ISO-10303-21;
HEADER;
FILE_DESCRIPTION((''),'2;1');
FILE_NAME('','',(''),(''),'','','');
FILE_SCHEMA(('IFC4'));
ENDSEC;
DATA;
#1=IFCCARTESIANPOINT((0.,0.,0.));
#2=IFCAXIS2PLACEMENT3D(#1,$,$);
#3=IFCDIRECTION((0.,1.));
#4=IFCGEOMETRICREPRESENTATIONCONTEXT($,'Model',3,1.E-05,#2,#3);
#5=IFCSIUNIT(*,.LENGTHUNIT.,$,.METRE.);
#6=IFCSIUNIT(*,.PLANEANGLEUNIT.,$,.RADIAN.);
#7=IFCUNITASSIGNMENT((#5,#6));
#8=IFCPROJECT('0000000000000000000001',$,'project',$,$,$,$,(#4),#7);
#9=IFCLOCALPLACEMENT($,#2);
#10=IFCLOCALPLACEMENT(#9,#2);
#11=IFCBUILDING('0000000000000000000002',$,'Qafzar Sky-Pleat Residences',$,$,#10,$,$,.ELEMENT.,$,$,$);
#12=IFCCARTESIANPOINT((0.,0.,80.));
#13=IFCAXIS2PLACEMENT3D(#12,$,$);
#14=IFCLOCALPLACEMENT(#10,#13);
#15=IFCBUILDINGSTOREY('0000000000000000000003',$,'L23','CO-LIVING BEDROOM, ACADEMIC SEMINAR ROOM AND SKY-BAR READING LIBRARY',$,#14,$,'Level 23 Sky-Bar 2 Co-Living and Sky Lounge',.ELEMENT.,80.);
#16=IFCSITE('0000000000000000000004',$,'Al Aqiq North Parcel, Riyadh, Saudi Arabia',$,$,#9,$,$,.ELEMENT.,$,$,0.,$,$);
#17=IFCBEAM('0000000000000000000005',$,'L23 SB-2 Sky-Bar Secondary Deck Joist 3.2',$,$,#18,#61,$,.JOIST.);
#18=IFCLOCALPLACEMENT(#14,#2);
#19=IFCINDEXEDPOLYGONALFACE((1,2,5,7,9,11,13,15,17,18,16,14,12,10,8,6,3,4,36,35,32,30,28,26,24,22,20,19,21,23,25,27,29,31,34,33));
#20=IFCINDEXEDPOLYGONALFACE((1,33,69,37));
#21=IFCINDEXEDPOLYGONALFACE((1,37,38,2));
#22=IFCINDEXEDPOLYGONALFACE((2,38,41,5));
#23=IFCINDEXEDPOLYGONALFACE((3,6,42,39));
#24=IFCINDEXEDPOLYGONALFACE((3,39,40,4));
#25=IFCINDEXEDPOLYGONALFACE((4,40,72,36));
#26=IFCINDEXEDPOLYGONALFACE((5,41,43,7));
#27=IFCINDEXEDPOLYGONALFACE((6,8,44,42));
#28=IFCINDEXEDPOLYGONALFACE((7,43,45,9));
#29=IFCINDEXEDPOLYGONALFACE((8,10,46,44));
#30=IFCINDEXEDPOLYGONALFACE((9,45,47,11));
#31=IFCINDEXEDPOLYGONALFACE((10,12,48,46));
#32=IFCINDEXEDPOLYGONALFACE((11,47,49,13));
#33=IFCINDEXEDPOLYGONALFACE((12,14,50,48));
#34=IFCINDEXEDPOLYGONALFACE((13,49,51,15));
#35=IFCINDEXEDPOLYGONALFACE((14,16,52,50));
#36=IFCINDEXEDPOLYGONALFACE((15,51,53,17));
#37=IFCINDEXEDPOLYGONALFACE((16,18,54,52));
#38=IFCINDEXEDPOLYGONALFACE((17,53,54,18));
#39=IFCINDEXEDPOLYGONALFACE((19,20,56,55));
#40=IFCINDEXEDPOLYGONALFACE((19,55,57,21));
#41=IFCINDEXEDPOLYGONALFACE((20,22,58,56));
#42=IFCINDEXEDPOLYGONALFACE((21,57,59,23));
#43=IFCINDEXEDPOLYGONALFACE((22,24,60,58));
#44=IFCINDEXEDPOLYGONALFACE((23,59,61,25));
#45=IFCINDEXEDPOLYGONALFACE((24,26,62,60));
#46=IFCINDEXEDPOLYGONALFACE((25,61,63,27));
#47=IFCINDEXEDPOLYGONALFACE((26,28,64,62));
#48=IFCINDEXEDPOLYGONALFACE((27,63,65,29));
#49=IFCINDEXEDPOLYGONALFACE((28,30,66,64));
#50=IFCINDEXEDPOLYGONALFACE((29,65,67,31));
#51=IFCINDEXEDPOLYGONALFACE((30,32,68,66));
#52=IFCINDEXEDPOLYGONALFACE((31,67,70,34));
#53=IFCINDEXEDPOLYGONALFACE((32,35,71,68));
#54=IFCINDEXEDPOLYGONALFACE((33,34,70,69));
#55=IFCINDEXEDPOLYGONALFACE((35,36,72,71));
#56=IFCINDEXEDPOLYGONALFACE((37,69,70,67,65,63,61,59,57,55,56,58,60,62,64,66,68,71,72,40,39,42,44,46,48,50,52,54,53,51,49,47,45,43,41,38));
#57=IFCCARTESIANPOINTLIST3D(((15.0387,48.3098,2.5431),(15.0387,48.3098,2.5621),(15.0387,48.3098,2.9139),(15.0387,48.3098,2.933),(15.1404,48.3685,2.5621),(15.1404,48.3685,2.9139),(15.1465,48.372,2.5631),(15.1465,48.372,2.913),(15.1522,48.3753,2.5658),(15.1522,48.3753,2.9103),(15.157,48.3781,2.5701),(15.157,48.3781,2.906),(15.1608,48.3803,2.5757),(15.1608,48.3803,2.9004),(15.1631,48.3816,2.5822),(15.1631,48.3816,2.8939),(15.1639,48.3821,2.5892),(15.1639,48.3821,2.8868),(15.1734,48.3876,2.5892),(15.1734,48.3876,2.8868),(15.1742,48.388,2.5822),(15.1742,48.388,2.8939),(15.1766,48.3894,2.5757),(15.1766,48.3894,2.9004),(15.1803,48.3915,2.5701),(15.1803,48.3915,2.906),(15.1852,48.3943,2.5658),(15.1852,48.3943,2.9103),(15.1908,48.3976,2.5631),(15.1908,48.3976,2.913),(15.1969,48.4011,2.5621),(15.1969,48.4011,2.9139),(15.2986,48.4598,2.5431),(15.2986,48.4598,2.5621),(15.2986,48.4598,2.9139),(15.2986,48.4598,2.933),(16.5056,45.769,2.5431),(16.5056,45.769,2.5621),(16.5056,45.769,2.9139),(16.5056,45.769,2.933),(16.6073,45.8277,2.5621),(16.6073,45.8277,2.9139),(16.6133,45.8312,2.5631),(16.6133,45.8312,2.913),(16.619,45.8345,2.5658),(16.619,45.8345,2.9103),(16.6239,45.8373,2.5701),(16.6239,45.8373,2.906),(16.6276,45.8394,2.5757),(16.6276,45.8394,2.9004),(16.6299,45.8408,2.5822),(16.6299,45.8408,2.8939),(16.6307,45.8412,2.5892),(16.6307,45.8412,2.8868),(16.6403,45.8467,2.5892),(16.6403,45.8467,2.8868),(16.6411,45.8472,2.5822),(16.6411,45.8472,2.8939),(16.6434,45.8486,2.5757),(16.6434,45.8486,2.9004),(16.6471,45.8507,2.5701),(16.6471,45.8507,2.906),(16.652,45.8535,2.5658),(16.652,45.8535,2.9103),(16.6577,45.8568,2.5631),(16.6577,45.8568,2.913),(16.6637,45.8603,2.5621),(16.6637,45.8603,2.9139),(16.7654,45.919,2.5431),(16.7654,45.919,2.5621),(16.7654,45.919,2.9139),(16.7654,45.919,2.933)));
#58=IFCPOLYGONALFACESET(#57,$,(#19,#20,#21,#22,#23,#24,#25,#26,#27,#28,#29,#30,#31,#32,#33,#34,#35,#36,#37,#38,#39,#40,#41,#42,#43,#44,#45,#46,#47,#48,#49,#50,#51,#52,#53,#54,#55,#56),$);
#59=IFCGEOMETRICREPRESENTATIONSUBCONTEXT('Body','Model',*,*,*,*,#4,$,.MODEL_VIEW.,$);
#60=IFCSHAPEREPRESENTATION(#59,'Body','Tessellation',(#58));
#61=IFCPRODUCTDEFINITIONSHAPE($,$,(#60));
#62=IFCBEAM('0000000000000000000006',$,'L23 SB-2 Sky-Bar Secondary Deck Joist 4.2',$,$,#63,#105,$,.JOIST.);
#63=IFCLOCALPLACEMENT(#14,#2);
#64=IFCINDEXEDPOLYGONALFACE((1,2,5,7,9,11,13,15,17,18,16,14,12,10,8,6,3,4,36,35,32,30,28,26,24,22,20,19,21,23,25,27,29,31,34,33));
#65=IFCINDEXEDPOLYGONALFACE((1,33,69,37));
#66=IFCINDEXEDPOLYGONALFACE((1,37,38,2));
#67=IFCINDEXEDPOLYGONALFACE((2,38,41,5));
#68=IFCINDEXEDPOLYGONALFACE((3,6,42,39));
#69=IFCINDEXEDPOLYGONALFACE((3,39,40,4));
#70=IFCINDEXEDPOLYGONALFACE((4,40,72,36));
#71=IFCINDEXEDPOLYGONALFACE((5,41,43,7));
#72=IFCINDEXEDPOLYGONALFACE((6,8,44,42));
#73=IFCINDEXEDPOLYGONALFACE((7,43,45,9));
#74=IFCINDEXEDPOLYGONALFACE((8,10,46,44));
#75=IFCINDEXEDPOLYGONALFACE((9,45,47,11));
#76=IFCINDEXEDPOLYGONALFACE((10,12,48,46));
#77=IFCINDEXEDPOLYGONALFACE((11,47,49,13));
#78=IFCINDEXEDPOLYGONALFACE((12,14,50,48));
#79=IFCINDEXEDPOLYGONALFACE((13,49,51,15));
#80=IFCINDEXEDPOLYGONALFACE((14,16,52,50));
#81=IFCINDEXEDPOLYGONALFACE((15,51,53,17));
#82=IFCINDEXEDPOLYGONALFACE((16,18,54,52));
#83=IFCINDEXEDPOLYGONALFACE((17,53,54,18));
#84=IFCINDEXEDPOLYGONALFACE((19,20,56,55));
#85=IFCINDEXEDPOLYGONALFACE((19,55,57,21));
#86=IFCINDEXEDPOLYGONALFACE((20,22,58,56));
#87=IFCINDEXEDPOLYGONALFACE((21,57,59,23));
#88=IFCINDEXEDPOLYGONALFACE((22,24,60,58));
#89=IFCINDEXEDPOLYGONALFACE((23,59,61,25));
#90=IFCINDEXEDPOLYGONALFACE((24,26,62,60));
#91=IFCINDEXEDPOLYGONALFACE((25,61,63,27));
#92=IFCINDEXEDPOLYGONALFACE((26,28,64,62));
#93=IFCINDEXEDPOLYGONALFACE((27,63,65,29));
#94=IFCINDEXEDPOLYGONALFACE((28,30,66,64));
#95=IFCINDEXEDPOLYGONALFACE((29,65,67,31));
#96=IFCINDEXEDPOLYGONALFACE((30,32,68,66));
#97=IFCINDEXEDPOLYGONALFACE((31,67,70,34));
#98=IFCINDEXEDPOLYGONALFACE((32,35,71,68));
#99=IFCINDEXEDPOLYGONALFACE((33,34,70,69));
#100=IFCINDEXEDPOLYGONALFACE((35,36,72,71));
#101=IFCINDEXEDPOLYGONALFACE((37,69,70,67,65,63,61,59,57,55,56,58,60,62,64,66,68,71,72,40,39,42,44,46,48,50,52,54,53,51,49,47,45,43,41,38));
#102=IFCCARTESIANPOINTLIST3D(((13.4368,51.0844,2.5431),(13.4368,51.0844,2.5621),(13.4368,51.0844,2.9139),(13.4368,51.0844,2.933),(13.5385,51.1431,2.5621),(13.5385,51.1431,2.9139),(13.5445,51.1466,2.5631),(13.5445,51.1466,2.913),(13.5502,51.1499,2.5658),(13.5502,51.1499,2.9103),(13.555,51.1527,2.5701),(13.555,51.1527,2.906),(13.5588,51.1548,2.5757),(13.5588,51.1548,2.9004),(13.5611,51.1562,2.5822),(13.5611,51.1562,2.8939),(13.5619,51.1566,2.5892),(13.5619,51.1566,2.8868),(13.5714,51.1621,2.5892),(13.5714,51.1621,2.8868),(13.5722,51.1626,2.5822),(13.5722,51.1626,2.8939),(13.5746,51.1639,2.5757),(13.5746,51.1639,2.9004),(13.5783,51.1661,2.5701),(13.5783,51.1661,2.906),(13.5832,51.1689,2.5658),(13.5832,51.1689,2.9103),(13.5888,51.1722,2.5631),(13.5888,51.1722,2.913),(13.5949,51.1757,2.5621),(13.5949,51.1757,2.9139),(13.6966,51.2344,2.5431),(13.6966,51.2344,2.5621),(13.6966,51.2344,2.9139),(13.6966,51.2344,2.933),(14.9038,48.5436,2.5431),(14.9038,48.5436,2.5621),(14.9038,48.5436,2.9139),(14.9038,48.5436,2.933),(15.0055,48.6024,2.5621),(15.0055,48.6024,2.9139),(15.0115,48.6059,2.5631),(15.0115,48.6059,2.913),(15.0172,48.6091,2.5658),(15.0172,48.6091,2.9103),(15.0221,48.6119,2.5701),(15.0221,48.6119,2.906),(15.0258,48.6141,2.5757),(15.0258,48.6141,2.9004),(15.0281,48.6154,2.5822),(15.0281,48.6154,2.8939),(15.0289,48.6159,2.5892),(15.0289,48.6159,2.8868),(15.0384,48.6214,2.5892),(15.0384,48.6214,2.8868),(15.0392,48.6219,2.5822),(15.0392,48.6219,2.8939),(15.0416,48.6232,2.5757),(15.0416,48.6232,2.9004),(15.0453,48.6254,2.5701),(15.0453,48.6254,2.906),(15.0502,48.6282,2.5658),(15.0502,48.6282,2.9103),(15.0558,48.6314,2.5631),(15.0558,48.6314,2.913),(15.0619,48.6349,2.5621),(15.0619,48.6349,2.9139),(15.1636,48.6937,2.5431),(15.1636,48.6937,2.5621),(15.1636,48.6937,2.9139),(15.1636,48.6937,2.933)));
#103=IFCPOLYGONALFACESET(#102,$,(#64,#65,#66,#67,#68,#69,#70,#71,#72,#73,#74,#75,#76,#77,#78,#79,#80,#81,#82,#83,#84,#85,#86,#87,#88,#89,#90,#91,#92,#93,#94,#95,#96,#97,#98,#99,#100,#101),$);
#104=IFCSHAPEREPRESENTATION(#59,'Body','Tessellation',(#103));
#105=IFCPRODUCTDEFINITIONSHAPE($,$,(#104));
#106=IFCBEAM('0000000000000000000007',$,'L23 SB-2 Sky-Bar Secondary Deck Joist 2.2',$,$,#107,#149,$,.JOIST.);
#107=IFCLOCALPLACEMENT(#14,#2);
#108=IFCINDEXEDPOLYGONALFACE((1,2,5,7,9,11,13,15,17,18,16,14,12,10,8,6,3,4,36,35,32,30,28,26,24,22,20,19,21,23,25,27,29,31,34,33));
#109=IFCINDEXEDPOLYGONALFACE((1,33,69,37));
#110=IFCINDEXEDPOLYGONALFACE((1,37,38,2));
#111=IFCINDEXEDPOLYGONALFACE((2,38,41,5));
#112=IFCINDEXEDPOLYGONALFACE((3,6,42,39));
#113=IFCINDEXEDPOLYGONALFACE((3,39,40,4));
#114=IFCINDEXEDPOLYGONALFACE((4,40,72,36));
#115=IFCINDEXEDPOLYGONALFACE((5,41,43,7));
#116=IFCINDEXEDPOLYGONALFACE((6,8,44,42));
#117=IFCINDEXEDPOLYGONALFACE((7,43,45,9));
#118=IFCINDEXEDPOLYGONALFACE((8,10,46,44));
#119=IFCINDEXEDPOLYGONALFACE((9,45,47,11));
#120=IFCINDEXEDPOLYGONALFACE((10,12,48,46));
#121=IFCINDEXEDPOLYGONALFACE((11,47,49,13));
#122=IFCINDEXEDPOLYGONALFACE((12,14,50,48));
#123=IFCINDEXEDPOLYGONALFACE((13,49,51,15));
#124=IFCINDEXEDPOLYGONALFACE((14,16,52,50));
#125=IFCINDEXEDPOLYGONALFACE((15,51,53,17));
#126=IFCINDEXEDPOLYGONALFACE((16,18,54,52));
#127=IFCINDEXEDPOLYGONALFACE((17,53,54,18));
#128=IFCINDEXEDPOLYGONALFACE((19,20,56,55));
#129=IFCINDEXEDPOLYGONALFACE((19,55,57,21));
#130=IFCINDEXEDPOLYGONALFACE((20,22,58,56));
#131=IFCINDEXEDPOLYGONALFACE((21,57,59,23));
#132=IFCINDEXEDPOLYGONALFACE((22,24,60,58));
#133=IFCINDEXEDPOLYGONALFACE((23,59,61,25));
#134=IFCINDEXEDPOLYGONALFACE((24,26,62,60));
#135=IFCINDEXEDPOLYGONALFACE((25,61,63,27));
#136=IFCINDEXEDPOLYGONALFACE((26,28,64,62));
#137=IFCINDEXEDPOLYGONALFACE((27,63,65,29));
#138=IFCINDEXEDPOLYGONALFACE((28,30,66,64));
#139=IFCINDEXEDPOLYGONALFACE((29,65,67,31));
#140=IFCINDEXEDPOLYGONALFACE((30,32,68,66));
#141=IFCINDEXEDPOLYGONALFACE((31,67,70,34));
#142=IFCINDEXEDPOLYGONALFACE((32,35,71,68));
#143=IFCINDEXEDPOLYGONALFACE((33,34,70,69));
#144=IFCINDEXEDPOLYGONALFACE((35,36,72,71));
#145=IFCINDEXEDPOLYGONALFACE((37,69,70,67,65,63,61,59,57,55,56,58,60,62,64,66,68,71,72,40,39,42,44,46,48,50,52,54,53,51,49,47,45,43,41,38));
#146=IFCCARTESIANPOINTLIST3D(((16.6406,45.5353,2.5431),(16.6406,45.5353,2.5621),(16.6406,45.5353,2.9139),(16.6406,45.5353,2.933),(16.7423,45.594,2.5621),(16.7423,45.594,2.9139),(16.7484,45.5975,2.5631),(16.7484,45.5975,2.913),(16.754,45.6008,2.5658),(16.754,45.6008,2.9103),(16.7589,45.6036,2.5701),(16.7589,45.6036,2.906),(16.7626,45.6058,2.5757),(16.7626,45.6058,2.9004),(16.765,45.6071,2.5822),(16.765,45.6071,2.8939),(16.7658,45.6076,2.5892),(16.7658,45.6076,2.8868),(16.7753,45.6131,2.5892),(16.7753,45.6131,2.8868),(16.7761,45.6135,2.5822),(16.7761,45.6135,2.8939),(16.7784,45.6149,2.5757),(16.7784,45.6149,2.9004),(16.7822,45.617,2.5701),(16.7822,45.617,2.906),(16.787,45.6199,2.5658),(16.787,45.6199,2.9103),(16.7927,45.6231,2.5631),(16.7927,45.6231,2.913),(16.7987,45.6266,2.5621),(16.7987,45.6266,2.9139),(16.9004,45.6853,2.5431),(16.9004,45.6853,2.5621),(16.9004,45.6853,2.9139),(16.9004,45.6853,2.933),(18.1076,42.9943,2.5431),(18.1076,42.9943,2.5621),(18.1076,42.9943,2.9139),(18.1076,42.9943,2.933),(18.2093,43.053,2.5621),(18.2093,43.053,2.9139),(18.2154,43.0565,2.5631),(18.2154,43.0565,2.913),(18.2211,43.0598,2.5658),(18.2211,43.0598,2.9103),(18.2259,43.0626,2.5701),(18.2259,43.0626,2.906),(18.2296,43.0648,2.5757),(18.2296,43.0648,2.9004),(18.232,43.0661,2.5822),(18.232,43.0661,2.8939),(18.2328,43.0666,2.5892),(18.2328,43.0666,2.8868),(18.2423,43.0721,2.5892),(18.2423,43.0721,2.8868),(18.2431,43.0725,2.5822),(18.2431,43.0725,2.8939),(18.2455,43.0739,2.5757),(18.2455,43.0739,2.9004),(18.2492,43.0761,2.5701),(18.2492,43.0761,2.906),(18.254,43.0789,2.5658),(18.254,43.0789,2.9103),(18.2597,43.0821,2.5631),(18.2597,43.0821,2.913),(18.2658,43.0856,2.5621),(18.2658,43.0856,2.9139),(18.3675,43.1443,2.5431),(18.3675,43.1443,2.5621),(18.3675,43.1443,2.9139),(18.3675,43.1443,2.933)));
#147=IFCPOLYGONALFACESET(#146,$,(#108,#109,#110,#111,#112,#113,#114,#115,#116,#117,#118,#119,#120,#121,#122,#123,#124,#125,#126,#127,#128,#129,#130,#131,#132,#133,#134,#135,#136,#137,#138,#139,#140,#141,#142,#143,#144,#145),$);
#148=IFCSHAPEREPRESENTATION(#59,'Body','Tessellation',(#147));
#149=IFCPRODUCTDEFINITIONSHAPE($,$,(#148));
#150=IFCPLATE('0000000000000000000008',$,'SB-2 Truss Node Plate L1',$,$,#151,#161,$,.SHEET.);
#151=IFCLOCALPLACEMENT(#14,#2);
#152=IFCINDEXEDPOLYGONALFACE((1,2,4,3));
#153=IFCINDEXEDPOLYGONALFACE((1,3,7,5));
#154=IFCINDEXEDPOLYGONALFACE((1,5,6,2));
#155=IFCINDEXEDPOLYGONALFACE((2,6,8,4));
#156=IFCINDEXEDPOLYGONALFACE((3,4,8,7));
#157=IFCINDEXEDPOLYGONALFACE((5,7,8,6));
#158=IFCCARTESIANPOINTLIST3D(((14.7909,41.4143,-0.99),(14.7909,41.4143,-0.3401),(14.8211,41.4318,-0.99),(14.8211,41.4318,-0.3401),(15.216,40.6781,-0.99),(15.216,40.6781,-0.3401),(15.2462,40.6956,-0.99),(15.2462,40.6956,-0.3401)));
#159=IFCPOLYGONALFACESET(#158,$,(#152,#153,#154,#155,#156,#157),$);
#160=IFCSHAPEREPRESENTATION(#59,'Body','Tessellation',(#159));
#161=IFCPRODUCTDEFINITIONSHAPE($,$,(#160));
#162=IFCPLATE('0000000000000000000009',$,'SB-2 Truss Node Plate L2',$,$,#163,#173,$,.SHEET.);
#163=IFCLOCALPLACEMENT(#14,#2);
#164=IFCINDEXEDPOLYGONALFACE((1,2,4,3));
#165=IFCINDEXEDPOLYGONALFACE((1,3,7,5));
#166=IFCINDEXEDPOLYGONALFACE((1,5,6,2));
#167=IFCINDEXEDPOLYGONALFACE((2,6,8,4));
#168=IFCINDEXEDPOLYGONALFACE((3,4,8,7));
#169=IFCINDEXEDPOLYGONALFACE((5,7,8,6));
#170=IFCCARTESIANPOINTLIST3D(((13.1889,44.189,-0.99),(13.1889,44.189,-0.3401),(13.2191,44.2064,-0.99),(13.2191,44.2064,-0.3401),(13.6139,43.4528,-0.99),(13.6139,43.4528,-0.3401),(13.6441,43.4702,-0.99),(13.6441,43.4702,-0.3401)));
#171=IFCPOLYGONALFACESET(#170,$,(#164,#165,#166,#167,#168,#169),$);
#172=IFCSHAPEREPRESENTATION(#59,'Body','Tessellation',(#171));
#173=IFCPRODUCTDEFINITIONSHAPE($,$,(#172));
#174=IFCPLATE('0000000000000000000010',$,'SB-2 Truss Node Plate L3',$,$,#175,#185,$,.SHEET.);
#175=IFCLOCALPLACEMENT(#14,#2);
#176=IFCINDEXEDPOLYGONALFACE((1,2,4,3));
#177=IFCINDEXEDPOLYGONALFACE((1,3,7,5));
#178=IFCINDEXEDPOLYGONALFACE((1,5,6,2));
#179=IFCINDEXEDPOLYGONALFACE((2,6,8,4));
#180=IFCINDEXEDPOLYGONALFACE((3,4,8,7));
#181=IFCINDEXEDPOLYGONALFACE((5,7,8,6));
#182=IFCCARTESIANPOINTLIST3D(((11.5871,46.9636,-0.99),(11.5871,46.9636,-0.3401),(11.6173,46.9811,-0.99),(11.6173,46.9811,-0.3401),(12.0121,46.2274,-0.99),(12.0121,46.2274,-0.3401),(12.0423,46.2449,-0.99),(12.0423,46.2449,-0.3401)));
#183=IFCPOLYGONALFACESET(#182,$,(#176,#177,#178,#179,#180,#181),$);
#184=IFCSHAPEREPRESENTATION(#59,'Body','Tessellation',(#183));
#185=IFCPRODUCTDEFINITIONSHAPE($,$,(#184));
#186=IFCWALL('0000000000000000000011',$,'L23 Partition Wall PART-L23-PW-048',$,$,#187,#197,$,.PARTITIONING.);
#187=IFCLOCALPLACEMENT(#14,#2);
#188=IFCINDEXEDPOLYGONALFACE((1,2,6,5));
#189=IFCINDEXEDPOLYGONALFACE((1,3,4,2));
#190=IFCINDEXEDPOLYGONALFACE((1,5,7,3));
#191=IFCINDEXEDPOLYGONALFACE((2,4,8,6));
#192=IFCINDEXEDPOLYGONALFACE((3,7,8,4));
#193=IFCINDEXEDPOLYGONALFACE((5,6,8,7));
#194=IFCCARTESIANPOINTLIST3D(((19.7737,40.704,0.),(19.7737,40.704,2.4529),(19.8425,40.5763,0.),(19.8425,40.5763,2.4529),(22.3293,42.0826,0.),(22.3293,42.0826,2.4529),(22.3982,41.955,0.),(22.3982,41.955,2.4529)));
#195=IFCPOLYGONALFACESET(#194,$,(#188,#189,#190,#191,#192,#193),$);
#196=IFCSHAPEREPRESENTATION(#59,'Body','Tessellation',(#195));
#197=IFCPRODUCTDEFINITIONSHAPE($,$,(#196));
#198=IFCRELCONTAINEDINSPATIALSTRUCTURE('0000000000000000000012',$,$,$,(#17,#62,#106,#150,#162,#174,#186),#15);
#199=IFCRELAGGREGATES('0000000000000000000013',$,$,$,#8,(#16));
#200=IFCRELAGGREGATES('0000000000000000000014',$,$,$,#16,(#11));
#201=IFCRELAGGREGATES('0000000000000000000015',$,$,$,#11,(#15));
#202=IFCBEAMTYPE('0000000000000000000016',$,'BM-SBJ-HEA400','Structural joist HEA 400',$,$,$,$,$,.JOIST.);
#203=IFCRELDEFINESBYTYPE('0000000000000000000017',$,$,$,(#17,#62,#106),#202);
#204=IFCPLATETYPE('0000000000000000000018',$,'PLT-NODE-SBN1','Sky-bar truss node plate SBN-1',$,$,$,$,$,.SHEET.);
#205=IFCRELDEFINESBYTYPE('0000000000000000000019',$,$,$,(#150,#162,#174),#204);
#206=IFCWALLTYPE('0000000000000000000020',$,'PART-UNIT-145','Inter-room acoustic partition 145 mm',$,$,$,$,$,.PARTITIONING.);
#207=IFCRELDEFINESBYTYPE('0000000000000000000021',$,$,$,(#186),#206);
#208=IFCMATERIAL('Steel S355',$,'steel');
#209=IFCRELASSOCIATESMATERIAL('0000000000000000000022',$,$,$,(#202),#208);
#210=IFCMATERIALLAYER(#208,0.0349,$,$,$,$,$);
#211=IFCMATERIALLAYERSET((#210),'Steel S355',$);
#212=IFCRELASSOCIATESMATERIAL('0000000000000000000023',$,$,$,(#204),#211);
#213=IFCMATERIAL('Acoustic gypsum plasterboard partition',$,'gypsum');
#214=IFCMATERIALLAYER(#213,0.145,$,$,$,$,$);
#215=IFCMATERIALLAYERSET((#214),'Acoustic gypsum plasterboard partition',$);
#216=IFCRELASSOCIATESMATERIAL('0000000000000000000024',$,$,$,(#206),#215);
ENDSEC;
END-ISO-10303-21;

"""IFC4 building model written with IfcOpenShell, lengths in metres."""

from ifc_helpers import new_model, si_unit, direction, frame, frame_2d, origin, origin_2d, place, context, subcontext, project, spatial, rectangle, i_section, extrude, source, transform, mapped, material, layer, layer_set, material_profile, profile_set, type_object, element, save


model = new_model("IFC4")

# Units and contexts
model_context = context("Model", 3, precision=1e-05, world=origin(), true_north=direction((0.0, 1.0)))
body_context = subcontext(model_context, "Body", "Model", "MODEL_VIEW")
ifc_project = project(units=[si_unit("LENGTHUNIT", "METRE"), si_unit("PLANEANGLEUNIT", "RADIAN")], contexts=[model_context])

# Site, building, storey
site_placement = place(None, origin())
site = spatial("IfcSite", under=ifc_project, at=site_placement, Name="Al Aqiq North Parcel, Riyadh, Saudi Arabia", CompositionType="ELEMENT", RefElevation=0.0)
building_placement = place(site_placement, origin())
building = spatial("IfcBuilding", under=site, at=building_placement, Name="Qafzar Sky-Pleat Residences", CompositionType="ELEMENT")
storey_placement = place(building_placement, frame((0.0, 0.0, 80.0)))
storey = spatial("IfcBuildingStorey", under=building, at=storey_placement, Name="L23", Description="CO-LIVING BEDROOM, ACADEMIC SEMINAR ROOM AND SKY-BAR READING LIBRARY", LongName="Level 23 Sky-Bar 2 Co-Living and Sky Lounge", CompositionType="ELEMENT", Elevation=80.0)

# Shared definitions
ifc_material_1 = material(Name="Steel S355", Category="steel")

# Beams
ifc_material_profile_1 = material_profile(ifc_material_1, i_section(OverallWidth=0.3, OverallDepth=0.3899, WebThickness=0.011, FlangeThickness=0.019, FilletRadius=0.0271, at=origin_2d()), Name="HEA 400")
ifc_profile_set_1 = profile_set([ifc_material_profile_1], Name="Steel S355")
beam_type_1 = type_object("IfcBeamType", Name="BM-SBJ-HEA400", Description="Structural joist HEA 400", PredefinedType="JOIST", material=ifc_profile_set_1)
shared_shape_1 = source(origin(), body_context, "Body", "SweptSolid", [
    extrude(i_section(OverallWidth=0.3, OverallDepth=0.3899, WebThickness=0.011, FlangeThickness=0.019, FilletRadius=0.0271, at=origin_2d()), origin(), (0.0, 0.0, 1.0), 2.9338),
])
for number, where, z_axis, x_axis, name in (
    (1, (16.6355, 45.844, 2.738), (-0.49997, 0.866043, 0.0), (-0.866043, -0.49997, 0.0), "L23 SB-2 Sky-Bar Secondary Deck Joist 3.2"),
    (2, (15.0337, 48.6187, 2.738), (-0.500032, 0.866007, 0.0), (-0.866007, -0.500032, 0.0), "L23 SB-2 Sky-Bar Secondary Deck Joist 4.2"),
):
    element("IfcBeam", number, at=place(storey_placement, frame(where, z_axis=z_axis, x_axis=x_axis)), inside=storey, type_object=beam_type_1, Name=name, PredefinedType="JOIST", context=body_context, shape_type="MappedRepresentation", body=[
        mapped(shared_shape_1, transform((0.0, 0.0, 0.0), x_axis=(1.0, 0.0, 0.0), y_axis=(0.0, 1.0, 0.0), z_axis=(0.0, 0.0, 1.0), scale=1.0)),
    ])
shared_shape_2 = source(origin(), body_context, "Body", "SweptSolid", [
    extrude(i_section(OverallWidth=0.3, OverallDepth=0.3899, WebThickness=0.011, FlangeThickness=0.019, FilletRadius=0.0271, at=origin_2d()), origin(), (0.0, 0.0, 1.0), 2.9341),
])
beam_1_placement = place(storey_placement, frame((18.2375, 43.0693, 2.738), z_axis=(-0.499996, 0.866028, 0.0), x_axis=(-0.866028, -0.499996, 0.0)))
element("IfcBeam", 3, at=beam_1_placement, inside=storey, type_object=beam_type_1, Name="L23 SB-2 Sky-Bar Secondary Deck Joist 2.2", PredefinedType="JOIST", context=body_context, shape_type="MappedRepresentation", body=[
    mapped(shared_shape_2, transform((0.0, 0.0, 0.0), x_axis=(1.0, 0.0, 0.0), y_axis=(0.0, 1.0, 0.0), z_axis=(0.0, 0.0, 1.0), scale=1.0)),
])

# Plates
ifc_layer_1 = layer(ifc_material_1, 0.0349)
ifc_layer_set_1 = layer_set([ifc_layer_1], Name="Steel S355")
plate_type = type_object("IfcPlateType", Name="PLT-NODE-SBN1", Description="Sky-bar truss node plate SBN-1", PredefinedType="SHEET", material=ifc_layer_set_1)
shared_shape_3 = source(origin(), body_context, "Body", "SweptSolid", [
    extrude(rectangle(XDim=0.8501, YDim=0.0349, at=origin_2d()), origin(), (0.0, 0.0, 1.0), 0.6499),
])
for number, where, z_axis, x_axis, name in (
    (4, (15.0186, 41.0549, -0.99), (0.0, 0.0, 1.0), (-0.5, 0.866025, 0.0), "SB-2 Truss Node Plate L1"),
    (5, (13.4165, 43.8296, -0.99), (0.0, 0.0, 1.0), (-0.5, 0.866025, 0.0), "SB-2 Truss Node Plate L2"),
    (6, (11.8147, 46.6042, -0.99), (0.0, 0.0, 1.0), (-0.5, 0.866025, 0.0), "SB-2 Truss Node Plate L3"),
):
    element("IfcPlate", number, at=place(storey_placement, frame(where, z_axis=z_axis, x_axis=x_axis)), inside=storey, type_object=plate_type, Name=name, PredefinedType="SHEET", context=body_context, shape_type="MappedRepresentation", body=[
        mapped(shared_shape_3, transform((0.0, 0.0, 0.0), x_axis=(1.0, 0.0, 0.0), y_axis=(0.0, 1.0, 0.0), z_axis=(0.0, 0.0, 1.0), scale=1.0)),
    ])

# Wall
ifc_material_2 = material(Name="Acoustic gypsum plasterboard partition", Category="gypsum")
ifc_layer_2 = layer(ifc_material_2, 0.145)
ifc_layer_set_2 = layer_set([ifc_layer_2], Name="Acoustic gypsum plasterboard partition")
wall_type = type_object("IfcWallType", Name="PART-UNIT-145", Description="Inter-room acoustic partition 145 mm", PredefinedType="PARTITIONING", material=ifc_layer_set_2)
wall_placement = place(storey_placement, frame((19.8081, 40.6401, 0.0), z_axis=(0.0, 0.0, 1.0), x_axis=(0.880106, 0.474777, 0.0)))
element("IfcWall", 7, at=wall_placement, inside=storey, type_object=wall_type, Name="L23 Partition Wall PART-L23-PW-048", PredefinedType="PARTITIONING", context=body_context, shape_type="SweptSolid", body=[
    extrude(rectangle(XDim=2.9038, YDim=0.145, at=frame_2d((1.4519, 0.0))), origin(), (0.0, 0.0, 1.0), 2.4529),
])

save(model, "model.ifc")
